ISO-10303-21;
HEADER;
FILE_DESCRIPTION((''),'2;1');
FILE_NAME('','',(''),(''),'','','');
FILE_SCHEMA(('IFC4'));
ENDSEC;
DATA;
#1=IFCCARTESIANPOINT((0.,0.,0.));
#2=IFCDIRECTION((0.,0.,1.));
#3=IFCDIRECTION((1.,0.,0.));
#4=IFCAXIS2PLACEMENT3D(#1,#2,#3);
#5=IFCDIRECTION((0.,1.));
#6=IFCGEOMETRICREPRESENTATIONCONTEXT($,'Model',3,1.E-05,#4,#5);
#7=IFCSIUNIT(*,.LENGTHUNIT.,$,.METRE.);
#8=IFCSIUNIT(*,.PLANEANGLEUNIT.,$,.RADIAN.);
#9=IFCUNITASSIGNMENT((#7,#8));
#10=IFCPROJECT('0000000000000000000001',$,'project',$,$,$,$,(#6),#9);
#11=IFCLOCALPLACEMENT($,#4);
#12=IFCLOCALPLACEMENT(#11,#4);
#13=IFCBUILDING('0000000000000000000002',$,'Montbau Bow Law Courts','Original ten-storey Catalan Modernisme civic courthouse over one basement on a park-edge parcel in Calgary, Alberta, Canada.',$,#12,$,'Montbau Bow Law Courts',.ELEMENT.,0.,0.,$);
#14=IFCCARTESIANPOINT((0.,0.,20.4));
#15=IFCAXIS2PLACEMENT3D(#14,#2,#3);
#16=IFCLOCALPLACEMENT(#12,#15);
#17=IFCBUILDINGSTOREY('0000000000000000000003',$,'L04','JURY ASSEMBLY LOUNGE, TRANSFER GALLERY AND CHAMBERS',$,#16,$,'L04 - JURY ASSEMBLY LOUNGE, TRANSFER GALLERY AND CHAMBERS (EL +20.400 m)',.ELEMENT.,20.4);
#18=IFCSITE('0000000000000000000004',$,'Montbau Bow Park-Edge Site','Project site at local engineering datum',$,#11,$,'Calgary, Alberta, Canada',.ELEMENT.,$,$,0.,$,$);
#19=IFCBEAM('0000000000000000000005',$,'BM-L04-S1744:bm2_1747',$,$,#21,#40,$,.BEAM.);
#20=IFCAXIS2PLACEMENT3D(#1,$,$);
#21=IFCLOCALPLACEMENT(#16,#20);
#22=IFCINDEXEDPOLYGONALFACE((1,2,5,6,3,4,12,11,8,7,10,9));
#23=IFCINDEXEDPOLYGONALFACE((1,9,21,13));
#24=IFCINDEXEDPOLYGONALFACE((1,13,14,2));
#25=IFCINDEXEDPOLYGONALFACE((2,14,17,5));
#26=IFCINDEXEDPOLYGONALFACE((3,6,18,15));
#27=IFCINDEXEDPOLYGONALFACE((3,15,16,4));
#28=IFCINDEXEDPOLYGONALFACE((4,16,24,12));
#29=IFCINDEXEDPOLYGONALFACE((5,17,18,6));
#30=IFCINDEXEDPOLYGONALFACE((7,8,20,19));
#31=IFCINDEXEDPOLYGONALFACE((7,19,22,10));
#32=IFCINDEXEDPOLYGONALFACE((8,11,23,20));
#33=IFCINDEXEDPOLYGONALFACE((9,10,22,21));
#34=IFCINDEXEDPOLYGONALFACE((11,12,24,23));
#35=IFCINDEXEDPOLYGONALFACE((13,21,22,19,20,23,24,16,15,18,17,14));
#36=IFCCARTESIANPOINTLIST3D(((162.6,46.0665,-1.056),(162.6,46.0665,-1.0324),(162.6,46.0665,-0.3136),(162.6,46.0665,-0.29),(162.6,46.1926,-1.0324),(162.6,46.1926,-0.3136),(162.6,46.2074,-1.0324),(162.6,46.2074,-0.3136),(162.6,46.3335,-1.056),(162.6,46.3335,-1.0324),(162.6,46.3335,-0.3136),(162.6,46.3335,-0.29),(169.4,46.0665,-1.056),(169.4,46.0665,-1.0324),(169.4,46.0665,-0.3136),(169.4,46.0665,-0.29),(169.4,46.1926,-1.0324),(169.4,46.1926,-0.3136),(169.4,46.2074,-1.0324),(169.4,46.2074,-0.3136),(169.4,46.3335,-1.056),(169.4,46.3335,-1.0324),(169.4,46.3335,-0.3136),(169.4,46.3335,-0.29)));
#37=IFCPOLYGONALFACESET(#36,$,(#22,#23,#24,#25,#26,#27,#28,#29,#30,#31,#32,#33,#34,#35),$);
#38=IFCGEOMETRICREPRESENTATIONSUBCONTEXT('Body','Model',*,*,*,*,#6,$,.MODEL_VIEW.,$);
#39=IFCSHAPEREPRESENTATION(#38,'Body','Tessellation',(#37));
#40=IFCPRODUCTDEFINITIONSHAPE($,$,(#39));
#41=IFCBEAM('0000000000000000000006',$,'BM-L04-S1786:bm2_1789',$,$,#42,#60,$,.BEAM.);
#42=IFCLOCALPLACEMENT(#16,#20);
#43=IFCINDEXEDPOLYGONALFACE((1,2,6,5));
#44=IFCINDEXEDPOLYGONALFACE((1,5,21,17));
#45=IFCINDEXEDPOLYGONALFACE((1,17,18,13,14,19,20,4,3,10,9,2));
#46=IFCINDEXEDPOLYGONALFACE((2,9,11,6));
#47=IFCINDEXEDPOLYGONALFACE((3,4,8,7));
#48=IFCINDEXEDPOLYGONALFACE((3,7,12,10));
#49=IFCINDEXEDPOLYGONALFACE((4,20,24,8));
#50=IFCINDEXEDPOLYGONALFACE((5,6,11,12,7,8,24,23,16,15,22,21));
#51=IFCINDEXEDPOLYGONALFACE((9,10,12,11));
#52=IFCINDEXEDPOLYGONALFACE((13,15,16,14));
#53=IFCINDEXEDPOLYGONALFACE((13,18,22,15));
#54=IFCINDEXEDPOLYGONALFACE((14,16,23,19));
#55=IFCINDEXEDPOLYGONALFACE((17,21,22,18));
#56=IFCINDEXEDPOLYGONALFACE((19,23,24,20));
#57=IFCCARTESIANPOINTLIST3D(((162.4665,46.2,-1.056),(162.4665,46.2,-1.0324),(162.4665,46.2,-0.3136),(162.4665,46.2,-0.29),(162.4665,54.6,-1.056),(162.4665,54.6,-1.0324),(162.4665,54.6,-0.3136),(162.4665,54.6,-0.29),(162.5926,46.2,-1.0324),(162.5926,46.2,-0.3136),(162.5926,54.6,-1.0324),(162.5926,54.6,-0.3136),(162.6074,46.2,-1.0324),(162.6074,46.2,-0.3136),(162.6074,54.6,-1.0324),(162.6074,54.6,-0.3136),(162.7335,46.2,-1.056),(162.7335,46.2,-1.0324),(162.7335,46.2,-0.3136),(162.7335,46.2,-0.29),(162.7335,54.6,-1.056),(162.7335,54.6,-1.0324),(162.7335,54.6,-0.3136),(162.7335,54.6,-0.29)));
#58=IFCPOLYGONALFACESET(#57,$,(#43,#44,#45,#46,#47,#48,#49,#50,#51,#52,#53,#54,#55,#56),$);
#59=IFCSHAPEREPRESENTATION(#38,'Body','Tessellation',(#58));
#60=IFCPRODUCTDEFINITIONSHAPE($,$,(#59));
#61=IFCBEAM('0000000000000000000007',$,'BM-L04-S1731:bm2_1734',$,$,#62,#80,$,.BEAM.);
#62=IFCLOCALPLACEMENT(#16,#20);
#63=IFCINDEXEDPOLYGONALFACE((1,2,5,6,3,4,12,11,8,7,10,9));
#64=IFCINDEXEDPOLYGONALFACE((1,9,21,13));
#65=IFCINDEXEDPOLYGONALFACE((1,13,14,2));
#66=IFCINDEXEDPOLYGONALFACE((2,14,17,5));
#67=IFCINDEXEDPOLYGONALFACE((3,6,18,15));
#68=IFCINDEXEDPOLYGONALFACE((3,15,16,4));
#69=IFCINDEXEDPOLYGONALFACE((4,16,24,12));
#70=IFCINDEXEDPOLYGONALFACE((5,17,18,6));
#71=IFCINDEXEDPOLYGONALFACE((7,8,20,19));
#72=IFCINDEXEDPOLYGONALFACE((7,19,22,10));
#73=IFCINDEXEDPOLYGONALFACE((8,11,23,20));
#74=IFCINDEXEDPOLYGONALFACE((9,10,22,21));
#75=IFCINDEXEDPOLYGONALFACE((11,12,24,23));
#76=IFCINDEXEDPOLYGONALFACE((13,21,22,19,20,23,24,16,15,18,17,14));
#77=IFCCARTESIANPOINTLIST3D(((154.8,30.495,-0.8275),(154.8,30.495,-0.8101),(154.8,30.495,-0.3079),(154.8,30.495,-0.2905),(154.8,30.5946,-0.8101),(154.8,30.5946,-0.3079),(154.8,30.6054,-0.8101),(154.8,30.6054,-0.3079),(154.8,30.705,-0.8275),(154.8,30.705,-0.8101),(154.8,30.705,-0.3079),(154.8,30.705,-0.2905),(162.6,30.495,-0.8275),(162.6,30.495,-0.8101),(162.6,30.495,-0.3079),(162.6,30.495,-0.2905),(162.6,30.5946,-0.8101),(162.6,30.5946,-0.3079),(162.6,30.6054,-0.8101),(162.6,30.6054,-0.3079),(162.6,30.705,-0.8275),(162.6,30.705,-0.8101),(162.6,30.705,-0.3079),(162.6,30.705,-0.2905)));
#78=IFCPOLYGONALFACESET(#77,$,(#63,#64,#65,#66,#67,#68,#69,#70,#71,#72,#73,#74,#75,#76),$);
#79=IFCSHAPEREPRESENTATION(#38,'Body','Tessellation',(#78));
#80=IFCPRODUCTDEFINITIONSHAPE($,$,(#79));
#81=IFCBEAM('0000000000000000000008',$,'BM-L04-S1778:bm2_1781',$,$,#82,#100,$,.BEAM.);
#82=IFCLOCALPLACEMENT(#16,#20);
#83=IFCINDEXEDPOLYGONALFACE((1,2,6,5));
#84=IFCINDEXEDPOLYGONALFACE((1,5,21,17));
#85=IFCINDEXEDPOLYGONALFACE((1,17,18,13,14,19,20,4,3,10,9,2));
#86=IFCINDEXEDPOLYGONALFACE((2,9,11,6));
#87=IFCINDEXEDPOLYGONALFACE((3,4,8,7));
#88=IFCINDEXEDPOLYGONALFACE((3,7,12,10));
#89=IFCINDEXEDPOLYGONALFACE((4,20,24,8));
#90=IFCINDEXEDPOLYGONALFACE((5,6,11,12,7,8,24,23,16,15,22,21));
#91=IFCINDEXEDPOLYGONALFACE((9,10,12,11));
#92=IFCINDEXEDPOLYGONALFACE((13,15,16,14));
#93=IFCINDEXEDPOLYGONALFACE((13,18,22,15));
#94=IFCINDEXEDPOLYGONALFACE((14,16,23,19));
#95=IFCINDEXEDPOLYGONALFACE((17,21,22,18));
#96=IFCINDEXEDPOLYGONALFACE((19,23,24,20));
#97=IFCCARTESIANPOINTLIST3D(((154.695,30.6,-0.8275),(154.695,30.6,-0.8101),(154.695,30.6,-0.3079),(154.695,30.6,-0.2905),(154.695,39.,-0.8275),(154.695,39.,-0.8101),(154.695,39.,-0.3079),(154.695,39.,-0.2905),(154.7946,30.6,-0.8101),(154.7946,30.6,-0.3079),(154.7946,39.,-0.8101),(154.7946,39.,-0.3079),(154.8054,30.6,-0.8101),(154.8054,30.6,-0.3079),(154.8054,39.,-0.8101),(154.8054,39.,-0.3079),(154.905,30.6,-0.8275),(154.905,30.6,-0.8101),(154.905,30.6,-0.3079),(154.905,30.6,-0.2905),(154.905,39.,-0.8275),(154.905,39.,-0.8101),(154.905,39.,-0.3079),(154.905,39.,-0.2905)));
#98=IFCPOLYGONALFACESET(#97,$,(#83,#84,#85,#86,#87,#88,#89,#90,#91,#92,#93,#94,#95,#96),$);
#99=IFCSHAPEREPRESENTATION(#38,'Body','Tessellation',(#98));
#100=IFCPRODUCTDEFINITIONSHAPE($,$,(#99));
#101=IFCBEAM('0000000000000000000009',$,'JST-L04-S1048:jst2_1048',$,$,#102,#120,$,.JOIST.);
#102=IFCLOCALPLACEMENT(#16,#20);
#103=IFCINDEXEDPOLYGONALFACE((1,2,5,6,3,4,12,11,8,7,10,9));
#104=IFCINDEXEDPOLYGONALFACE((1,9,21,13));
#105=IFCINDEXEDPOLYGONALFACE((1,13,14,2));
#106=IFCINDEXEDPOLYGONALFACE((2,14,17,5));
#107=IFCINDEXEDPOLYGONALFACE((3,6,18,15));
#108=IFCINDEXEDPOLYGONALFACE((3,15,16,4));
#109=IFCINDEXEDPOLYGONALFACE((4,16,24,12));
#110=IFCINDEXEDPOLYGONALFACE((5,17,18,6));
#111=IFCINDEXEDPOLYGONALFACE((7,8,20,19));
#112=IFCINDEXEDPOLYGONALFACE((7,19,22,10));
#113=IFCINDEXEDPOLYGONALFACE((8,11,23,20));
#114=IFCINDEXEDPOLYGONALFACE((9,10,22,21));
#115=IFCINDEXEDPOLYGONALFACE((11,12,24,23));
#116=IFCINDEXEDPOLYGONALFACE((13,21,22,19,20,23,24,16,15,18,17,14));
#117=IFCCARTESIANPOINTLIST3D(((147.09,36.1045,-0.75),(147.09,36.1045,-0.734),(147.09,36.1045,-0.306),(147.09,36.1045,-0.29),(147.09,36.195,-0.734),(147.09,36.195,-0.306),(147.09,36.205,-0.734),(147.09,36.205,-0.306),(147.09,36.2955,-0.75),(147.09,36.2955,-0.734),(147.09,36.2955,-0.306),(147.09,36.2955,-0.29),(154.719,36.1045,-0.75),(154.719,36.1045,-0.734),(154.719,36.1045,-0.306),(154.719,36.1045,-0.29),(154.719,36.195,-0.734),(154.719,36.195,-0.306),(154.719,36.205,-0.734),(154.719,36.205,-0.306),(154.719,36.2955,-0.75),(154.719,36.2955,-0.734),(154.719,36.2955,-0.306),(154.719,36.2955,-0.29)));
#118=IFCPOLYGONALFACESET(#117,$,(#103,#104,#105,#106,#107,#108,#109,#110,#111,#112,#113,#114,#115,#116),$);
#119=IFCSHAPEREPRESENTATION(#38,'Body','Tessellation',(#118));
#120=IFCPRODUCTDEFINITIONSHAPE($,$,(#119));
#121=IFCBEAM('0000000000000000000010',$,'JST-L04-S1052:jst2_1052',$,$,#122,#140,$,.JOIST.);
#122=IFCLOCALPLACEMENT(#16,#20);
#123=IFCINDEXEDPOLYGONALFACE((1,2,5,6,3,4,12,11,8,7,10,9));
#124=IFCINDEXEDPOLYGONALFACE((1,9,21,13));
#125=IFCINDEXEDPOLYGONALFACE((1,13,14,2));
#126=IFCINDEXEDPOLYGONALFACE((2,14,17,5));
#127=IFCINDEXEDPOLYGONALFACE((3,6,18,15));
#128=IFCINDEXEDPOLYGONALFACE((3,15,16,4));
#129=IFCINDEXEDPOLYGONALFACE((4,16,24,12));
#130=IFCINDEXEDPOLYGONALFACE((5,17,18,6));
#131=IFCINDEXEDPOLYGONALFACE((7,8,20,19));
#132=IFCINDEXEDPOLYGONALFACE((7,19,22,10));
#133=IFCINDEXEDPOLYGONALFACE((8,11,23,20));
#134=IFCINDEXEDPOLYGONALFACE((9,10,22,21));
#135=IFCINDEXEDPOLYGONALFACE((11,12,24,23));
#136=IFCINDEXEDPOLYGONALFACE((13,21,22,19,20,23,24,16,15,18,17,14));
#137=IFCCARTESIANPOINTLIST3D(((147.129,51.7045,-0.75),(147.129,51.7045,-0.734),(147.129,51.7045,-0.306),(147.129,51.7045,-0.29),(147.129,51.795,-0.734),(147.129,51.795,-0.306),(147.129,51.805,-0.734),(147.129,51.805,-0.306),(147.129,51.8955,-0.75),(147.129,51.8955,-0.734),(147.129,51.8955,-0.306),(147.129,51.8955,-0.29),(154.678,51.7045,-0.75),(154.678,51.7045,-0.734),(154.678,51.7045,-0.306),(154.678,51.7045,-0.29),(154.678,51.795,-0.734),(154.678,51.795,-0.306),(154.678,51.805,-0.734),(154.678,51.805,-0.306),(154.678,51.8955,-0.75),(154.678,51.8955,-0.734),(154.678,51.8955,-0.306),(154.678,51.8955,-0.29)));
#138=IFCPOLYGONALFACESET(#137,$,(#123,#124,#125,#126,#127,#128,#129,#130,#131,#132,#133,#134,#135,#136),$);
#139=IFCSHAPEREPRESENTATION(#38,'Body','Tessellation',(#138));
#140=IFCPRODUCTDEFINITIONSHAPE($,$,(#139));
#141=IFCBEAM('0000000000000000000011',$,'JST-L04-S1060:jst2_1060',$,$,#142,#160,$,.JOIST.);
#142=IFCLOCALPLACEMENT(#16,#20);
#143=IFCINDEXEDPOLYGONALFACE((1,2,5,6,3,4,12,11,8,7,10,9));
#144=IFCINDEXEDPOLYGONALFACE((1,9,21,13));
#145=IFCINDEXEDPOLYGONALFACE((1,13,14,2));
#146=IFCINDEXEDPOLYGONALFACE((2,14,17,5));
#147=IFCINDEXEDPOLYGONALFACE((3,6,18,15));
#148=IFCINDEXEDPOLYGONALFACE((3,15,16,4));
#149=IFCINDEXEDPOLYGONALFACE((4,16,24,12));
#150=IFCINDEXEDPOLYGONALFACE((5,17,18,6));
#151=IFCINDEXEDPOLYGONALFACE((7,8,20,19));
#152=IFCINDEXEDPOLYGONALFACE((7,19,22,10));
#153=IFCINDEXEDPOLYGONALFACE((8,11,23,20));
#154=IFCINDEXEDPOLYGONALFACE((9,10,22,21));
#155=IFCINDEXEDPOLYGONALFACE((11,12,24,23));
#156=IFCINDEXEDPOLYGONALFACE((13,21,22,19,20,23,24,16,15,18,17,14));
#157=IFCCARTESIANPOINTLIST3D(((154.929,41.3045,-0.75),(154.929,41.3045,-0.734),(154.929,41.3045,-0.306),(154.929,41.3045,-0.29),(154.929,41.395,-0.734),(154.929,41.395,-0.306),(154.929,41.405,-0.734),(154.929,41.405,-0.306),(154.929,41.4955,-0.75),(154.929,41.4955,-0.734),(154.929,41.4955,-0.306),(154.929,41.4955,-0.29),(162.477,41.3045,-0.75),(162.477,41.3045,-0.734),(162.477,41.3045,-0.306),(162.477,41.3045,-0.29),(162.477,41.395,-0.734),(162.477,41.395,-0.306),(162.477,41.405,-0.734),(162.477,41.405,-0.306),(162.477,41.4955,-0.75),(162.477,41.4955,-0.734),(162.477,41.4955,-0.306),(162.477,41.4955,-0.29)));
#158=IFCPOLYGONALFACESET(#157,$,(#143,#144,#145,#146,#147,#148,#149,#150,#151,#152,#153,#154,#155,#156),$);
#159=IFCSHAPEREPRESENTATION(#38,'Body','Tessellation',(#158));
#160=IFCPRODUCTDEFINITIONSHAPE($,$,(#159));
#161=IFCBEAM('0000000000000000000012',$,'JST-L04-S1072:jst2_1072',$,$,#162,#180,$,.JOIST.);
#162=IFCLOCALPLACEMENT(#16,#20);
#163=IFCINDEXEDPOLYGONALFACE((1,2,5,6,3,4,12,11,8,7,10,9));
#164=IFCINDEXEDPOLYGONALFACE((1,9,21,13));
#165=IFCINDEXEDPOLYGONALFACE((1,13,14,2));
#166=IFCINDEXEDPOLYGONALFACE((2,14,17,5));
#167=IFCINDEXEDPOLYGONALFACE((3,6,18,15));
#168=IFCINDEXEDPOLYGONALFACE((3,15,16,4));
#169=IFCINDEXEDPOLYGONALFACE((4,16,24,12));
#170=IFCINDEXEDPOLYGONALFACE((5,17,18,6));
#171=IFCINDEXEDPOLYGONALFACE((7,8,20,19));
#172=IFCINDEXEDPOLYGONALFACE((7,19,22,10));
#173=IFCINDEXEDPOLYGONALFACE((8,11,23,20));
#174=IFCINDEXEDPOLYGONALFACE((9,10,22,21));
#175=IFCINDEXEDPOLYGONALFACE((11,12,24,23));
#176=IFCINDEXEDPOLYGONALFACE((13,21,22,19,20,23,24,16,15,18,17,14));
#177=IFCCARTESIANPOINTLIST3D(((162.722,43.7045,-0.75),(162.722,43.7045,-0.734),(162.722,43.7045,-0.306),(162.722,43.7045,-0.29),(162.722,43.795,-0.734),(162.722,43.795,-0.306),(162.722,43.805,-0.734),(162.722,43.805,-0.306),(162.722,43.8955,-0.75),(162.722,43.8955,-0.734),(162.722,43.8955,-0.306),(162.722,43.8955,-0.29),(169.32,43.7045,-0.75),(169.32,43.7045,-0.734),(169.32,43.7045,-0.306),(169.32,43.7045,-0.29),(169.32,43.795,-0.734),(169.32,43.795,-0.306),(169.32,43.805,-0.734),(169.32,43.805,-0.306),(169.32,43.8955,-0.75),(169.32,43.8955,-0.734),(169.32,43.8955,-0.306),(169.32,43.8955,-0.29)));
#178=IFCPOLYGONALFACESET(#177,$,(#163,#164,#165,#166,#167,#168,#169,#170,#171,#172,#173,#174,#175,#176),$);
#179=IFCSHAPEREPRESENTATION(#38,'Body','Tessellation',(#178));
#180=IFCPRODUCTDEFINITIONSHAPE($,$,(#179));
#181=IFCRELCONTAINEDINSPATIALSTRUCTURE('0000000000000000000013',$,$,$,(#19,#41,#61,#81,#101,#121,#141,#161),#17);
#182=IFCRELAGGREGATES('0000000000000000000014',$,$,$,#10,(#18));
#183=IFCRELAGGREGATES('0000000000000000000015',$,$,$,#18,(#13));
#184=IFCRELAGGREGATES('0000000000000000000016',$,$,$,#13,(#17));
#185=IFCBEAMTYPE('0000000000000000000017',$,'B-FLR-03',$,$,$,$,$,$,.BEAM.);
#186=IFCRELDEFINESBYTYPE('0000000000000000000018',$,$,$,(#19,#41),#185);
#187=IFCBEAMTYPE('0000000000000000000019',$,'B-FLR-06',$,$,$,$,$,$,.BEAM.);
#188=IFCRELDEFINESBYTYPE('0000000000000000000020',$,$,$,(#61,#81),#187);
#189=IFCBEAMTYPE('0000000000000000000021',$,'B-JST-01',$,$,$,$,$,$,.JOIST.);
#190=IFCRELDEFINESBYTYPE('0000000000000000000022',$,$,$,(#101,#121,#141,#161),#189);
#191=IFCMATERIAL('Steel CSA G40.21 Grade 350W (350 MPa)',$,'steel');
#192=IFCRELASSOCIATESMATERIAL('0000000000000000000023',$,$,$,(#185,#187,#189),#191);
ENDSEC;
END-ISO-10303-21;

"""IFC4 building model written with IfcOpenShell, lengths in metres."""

from ifc_helpers import new_model, si_unit, direction, frame, origin_with_axes, origin_2d_with_axis, place, context, subcontext, project, spatial, i_section, extrude, material, material_profile, profile_set, type_object, element, save


model = new_model("IFC4")

# Units and contexts
model_context = context("Model", 3, precision=1e-05, world=origin_with_axes(), true_north=direction((0.0, 1.0)))
body_context = subcontext(model_context, "Body", "Model", "MODEL_VIEW")
ifc_project = project(units=[si_unit("LENGTHUNIT", "METRE"), si_unit("PLANEANGLEUNIT", "RADIAN")], contexts=[model_context])

# Site, building, storey
site_placement = place(None, origin_with_axes())
site = spatial("IfcSite", under=ifc_project, at=site_placement, Name="Montbau Bow Park-Edge Site", Description="Project site at local engineering datum", LongName="Calgary, Alberta, Canada", CompositionType="ELEMENT", RefElevation=0.0)
building_placement = place(site_placement, origin_with_axes())
building = spatial("IfcBuilding", under=site, at=building_placement, Name="Montbau Bow Law Courts", Description="Original ten-storey Catalan Modernisme civic courthouse over one basement on a park-edge parcel in Calgary, Alberta, Canada.", LongName="Montbau Bow Law Courts", CompositionType="ELEMENT", ElevationOfRefHeight=0.0, ElevationOfTerrain=0.0)
storey_placement = place(building_placement, frame((0.0, 0.0, 20.4), z_axis=(0.0, 0.0, 1.0), x_axis=(1.0, 0.0, 0.0)))
storey = spatial("IfcBuildingStorey", under=building, at=storey_placement, Name="L04", Description="JURY ASSEMBLY LOUNGE, TRANSFER GALLERY AND CHAMBERS", LongName="L04 - JURY ASSEMBLY LOUNGE, TRANSFER GALLERY AND CHAMBERS (EL +20.400 m)", CompositionType="ELEMENT", Elevation=20.4)

# Beams
ifc_material_1 = material(Name="Steel CSA G40.21 Grade 350W (350 MPa)", Category="steel")
ifc_material_profile_1 = material_profile(ifc_material_1, i_section(OverallWidth=0.267, OverallDepth=0.766, WebThickness=0.0149, FlangeThickness=0.0236, at=origin_2d_with_axis()), Name="W760X185", Category="Main", Priority=0)
ifc_profile_set_1 = profile_set([ifc_material_profile_1], Name="Steel CSA G40.21 Grade 350W (350 MPa)")
beam_type_1 = type_object("IfcBeamType", Name="B-FLR-03", PredefinedType="BEAM", material=ifc_profile_set_1)
beam_1_placement = place(None, frame((162.6, 46.2, 19.727), z_axis=(1.0, 0.0, 0.0), x_axis=(0.0, 1.0, 0.0)))
element("IfcBeam", 1, at=beam_1_placement, inside=storey, type_object=beam_type_1, Name="BM-L04-S1744:bm2_1747", PredefinedType="BEAM", context=body_context, shape_type="SweptSolid", body=[
    extrude(i_section(OverallWidth=0.267, OverallDepth=0.766, WebThickness=0.0149, FlangeThickness=0.0236, at=origin_2d_with_axis()), origin_with_axes(), (0.0, 0.0, 1.0), 6.8),
])
beam_2_placement = place(None, frame((162.6, 46.2, 19.727), z_axis=(0.0, 1.0, 0.0), x_axis=(-1.0, 0.0, 0.0)))
element("IfcBeam", 2, at=beam_2_placement, inside=storey, type_object=beam_type_1, Name="BM-L04-S1786:bm2_1789", PredefinedType="BEAM", context=body_context, shape_type="SweptSolid", body=[
    extrude(i_section(OverallWidth=0.267, OverallDepth=0.766, WebThickness=0.0149, FlangeThickness=0.0236, at=origin_2d_with_axis()), origin_with_axes(), (0.0, 0.0, 1.0), 8.4),
])
ifc_material_profile_2 = material_profile(ifc_material_1, i_section(OverallWidth=0.21, OverallDepth=0.537, WebThickness=0.0109, FlangeThickness=0.0174, at=origin_2d_with_axis()), Name="W530X101", Category="Main", Priority=0)
ifc_profile_set_2 = profile_set([ifc_material_profile_2], Name="Steel CSA G40.21 Grade 350W (350 MPa)")
beam_type_2 = type_object("IfcBeamType", Name="B-FLR-06", PredefinedType="BEAM", material=ifc_profile_set_2)
beam_3_placement = place(None, frame((154.8, 30.6, 19.841), z_axis=(1.0, 0.0, 0.0), x_axis=(0.0, 1.0, 0.0)))
element("IfcBeam", 3, at=beam_3_placement, inside=storey, type_object=beam_type_2, Name="BM-L04-S1731:bm2_1734", PredefinedType="BEAM", context=body_context, shape_type="SweptSolid", body=[
    extrude(i_section(OverallWidth=0.21, OverallDepth=0.537, WebThickness=0.0109, FlangeThickness=0.0174, at=origin_2d_with_axis()), origin_with_axes(), (0.0, 0.0, 1.0), 7.8),
])
beam_4_placement = place(None, frame((154.8, 30.6, 19.841), z_axis=(0.0, 1.0, 0.0), x_axis=(-1.0, 0.0, 0.0)))
element("IfcBeam", 4, at=beam_4_placement, inside=storey, type_object=beam_type_2, Name="BM-L04-S1778:bm2_1781", PredefinedType="BEAM", context=body_context, shape_type="SweptSolid", body=[
    extrude(i_section(OverallWidth=0.21, OverallDepth=0.537, WebThickness=0.0109, FlangeThickness=0.0174, at=origin_2d_with_axis()), origin_with_axes(), (0.0, 0.0, 1.0), 8.4),
])
ifc_material_profile_3 = material_profile(ifc_material_1, i_section(OverallWidth=0.191, OverallDepth=0.46, WebThickness=0.0099, FlangeThickness=0.016, at=origin_2d_with_axis()), Name="W460X82", Category="Main", Priority=0)
ifc_profile_set_3 = profile_set([ifc_material_profile_3], Name="Steel CSA G40.21 Grade 350W (350 MPa)")
beam_type_3 = type_object("IfcBeamType", Name="B-JST-01", PredefinedType="JOIST", material=ifc_profile_set_3)
beam_5_placement = place(None, frame((147.09, 36.2, 19.88), z_axis=(1.0, 0.0, 0.0), x_axis=(0.0, 1.0, 0.0)))
element("IfcBeam", 5, at=beam_5_placement, inside=storey, type_object=beam_type_3, Name="JST-L04-S1048:jst2_1048", PredefinedType="JOIST", context=body_context, shape_type="SweptSolid", body=[
    extrude(i_section(OverallWidth=0.191, OverallDepth=0.46, WebThickness=0.0099, FlangeThickness=0.016, at=origin_2d_with_axis()), origin_with_axes(), (0.0, 0.0, 1.0), 7.629),
])
beam_6_placement = place(None, frame((147.129, 51.8, 19.88), z_axis=(1.0, 0.0, 0.0), x_axis=(0.0, 1.0, 0.0)))
element("IfcBeam", 6, at=beam_6_placement, inside=storey, type_object=beam_type_3, Name="JST-L04-S1052:jst2_1052", PredefinedType="JOIST", context=body_context, shape_type="SweptSolid", body=[
    extrude(i_section(OverallWidth=0.191, OverallDepth=0.46, WebThickness=0.0099, FlangeThickness=0.016, at=origin_2d_with_axis()), origin_with_axes(), (0.0, 0.0, 1.0), 7.549),
])
beam_7_placement = place(None, frame((154.929, 41.4, 19.88), z_axis=(1.0, 0.0, 0.0), x_axis=(0.0, 1.0, 0.0)))
element("IfcBeam", 7, at=beam_7_placement, inside=storey, type_object=beam_type_3, Name="JST-L04-S1060:jst2_1060", PredefinedType="JOIST", context=body_context, shape_type="SweptSolid", body=[
    extrude(i_section(OverallWidth=0.191, OverallDepth=0.46, WebThickness=0.0099, FlangeThickness=0.016, at=origin_2d_with_axis()), origin_with_axes(), (0.0, 0.0, 1.0), 7.548),
])
beam_8_placement = place(None, frame((162.722, 43.8, 19.88), z_axis=(1.0, 0.0, 0.0), x_axis=(0.0, 1.0, 0.0)))
element("IfcBeam", 8, at=beam_8_placement, inside=storey, type_object=beam_type_3, Name="JST-L04-S1072:jst2_1072", PredefinedType="JOIST", context=body_context, shape_type="SweptSolid", body=[
    extrude(i_section(OverallWidth=0.191, OverallDepth=0.46, WebThickness=0.0099, FlangeThickness=0.016, at=origin_2d_with_axis()), origin_with_axes(), (0.0, 0.0, 1.0), 6.598),
])

save(model, "model.ifc")
